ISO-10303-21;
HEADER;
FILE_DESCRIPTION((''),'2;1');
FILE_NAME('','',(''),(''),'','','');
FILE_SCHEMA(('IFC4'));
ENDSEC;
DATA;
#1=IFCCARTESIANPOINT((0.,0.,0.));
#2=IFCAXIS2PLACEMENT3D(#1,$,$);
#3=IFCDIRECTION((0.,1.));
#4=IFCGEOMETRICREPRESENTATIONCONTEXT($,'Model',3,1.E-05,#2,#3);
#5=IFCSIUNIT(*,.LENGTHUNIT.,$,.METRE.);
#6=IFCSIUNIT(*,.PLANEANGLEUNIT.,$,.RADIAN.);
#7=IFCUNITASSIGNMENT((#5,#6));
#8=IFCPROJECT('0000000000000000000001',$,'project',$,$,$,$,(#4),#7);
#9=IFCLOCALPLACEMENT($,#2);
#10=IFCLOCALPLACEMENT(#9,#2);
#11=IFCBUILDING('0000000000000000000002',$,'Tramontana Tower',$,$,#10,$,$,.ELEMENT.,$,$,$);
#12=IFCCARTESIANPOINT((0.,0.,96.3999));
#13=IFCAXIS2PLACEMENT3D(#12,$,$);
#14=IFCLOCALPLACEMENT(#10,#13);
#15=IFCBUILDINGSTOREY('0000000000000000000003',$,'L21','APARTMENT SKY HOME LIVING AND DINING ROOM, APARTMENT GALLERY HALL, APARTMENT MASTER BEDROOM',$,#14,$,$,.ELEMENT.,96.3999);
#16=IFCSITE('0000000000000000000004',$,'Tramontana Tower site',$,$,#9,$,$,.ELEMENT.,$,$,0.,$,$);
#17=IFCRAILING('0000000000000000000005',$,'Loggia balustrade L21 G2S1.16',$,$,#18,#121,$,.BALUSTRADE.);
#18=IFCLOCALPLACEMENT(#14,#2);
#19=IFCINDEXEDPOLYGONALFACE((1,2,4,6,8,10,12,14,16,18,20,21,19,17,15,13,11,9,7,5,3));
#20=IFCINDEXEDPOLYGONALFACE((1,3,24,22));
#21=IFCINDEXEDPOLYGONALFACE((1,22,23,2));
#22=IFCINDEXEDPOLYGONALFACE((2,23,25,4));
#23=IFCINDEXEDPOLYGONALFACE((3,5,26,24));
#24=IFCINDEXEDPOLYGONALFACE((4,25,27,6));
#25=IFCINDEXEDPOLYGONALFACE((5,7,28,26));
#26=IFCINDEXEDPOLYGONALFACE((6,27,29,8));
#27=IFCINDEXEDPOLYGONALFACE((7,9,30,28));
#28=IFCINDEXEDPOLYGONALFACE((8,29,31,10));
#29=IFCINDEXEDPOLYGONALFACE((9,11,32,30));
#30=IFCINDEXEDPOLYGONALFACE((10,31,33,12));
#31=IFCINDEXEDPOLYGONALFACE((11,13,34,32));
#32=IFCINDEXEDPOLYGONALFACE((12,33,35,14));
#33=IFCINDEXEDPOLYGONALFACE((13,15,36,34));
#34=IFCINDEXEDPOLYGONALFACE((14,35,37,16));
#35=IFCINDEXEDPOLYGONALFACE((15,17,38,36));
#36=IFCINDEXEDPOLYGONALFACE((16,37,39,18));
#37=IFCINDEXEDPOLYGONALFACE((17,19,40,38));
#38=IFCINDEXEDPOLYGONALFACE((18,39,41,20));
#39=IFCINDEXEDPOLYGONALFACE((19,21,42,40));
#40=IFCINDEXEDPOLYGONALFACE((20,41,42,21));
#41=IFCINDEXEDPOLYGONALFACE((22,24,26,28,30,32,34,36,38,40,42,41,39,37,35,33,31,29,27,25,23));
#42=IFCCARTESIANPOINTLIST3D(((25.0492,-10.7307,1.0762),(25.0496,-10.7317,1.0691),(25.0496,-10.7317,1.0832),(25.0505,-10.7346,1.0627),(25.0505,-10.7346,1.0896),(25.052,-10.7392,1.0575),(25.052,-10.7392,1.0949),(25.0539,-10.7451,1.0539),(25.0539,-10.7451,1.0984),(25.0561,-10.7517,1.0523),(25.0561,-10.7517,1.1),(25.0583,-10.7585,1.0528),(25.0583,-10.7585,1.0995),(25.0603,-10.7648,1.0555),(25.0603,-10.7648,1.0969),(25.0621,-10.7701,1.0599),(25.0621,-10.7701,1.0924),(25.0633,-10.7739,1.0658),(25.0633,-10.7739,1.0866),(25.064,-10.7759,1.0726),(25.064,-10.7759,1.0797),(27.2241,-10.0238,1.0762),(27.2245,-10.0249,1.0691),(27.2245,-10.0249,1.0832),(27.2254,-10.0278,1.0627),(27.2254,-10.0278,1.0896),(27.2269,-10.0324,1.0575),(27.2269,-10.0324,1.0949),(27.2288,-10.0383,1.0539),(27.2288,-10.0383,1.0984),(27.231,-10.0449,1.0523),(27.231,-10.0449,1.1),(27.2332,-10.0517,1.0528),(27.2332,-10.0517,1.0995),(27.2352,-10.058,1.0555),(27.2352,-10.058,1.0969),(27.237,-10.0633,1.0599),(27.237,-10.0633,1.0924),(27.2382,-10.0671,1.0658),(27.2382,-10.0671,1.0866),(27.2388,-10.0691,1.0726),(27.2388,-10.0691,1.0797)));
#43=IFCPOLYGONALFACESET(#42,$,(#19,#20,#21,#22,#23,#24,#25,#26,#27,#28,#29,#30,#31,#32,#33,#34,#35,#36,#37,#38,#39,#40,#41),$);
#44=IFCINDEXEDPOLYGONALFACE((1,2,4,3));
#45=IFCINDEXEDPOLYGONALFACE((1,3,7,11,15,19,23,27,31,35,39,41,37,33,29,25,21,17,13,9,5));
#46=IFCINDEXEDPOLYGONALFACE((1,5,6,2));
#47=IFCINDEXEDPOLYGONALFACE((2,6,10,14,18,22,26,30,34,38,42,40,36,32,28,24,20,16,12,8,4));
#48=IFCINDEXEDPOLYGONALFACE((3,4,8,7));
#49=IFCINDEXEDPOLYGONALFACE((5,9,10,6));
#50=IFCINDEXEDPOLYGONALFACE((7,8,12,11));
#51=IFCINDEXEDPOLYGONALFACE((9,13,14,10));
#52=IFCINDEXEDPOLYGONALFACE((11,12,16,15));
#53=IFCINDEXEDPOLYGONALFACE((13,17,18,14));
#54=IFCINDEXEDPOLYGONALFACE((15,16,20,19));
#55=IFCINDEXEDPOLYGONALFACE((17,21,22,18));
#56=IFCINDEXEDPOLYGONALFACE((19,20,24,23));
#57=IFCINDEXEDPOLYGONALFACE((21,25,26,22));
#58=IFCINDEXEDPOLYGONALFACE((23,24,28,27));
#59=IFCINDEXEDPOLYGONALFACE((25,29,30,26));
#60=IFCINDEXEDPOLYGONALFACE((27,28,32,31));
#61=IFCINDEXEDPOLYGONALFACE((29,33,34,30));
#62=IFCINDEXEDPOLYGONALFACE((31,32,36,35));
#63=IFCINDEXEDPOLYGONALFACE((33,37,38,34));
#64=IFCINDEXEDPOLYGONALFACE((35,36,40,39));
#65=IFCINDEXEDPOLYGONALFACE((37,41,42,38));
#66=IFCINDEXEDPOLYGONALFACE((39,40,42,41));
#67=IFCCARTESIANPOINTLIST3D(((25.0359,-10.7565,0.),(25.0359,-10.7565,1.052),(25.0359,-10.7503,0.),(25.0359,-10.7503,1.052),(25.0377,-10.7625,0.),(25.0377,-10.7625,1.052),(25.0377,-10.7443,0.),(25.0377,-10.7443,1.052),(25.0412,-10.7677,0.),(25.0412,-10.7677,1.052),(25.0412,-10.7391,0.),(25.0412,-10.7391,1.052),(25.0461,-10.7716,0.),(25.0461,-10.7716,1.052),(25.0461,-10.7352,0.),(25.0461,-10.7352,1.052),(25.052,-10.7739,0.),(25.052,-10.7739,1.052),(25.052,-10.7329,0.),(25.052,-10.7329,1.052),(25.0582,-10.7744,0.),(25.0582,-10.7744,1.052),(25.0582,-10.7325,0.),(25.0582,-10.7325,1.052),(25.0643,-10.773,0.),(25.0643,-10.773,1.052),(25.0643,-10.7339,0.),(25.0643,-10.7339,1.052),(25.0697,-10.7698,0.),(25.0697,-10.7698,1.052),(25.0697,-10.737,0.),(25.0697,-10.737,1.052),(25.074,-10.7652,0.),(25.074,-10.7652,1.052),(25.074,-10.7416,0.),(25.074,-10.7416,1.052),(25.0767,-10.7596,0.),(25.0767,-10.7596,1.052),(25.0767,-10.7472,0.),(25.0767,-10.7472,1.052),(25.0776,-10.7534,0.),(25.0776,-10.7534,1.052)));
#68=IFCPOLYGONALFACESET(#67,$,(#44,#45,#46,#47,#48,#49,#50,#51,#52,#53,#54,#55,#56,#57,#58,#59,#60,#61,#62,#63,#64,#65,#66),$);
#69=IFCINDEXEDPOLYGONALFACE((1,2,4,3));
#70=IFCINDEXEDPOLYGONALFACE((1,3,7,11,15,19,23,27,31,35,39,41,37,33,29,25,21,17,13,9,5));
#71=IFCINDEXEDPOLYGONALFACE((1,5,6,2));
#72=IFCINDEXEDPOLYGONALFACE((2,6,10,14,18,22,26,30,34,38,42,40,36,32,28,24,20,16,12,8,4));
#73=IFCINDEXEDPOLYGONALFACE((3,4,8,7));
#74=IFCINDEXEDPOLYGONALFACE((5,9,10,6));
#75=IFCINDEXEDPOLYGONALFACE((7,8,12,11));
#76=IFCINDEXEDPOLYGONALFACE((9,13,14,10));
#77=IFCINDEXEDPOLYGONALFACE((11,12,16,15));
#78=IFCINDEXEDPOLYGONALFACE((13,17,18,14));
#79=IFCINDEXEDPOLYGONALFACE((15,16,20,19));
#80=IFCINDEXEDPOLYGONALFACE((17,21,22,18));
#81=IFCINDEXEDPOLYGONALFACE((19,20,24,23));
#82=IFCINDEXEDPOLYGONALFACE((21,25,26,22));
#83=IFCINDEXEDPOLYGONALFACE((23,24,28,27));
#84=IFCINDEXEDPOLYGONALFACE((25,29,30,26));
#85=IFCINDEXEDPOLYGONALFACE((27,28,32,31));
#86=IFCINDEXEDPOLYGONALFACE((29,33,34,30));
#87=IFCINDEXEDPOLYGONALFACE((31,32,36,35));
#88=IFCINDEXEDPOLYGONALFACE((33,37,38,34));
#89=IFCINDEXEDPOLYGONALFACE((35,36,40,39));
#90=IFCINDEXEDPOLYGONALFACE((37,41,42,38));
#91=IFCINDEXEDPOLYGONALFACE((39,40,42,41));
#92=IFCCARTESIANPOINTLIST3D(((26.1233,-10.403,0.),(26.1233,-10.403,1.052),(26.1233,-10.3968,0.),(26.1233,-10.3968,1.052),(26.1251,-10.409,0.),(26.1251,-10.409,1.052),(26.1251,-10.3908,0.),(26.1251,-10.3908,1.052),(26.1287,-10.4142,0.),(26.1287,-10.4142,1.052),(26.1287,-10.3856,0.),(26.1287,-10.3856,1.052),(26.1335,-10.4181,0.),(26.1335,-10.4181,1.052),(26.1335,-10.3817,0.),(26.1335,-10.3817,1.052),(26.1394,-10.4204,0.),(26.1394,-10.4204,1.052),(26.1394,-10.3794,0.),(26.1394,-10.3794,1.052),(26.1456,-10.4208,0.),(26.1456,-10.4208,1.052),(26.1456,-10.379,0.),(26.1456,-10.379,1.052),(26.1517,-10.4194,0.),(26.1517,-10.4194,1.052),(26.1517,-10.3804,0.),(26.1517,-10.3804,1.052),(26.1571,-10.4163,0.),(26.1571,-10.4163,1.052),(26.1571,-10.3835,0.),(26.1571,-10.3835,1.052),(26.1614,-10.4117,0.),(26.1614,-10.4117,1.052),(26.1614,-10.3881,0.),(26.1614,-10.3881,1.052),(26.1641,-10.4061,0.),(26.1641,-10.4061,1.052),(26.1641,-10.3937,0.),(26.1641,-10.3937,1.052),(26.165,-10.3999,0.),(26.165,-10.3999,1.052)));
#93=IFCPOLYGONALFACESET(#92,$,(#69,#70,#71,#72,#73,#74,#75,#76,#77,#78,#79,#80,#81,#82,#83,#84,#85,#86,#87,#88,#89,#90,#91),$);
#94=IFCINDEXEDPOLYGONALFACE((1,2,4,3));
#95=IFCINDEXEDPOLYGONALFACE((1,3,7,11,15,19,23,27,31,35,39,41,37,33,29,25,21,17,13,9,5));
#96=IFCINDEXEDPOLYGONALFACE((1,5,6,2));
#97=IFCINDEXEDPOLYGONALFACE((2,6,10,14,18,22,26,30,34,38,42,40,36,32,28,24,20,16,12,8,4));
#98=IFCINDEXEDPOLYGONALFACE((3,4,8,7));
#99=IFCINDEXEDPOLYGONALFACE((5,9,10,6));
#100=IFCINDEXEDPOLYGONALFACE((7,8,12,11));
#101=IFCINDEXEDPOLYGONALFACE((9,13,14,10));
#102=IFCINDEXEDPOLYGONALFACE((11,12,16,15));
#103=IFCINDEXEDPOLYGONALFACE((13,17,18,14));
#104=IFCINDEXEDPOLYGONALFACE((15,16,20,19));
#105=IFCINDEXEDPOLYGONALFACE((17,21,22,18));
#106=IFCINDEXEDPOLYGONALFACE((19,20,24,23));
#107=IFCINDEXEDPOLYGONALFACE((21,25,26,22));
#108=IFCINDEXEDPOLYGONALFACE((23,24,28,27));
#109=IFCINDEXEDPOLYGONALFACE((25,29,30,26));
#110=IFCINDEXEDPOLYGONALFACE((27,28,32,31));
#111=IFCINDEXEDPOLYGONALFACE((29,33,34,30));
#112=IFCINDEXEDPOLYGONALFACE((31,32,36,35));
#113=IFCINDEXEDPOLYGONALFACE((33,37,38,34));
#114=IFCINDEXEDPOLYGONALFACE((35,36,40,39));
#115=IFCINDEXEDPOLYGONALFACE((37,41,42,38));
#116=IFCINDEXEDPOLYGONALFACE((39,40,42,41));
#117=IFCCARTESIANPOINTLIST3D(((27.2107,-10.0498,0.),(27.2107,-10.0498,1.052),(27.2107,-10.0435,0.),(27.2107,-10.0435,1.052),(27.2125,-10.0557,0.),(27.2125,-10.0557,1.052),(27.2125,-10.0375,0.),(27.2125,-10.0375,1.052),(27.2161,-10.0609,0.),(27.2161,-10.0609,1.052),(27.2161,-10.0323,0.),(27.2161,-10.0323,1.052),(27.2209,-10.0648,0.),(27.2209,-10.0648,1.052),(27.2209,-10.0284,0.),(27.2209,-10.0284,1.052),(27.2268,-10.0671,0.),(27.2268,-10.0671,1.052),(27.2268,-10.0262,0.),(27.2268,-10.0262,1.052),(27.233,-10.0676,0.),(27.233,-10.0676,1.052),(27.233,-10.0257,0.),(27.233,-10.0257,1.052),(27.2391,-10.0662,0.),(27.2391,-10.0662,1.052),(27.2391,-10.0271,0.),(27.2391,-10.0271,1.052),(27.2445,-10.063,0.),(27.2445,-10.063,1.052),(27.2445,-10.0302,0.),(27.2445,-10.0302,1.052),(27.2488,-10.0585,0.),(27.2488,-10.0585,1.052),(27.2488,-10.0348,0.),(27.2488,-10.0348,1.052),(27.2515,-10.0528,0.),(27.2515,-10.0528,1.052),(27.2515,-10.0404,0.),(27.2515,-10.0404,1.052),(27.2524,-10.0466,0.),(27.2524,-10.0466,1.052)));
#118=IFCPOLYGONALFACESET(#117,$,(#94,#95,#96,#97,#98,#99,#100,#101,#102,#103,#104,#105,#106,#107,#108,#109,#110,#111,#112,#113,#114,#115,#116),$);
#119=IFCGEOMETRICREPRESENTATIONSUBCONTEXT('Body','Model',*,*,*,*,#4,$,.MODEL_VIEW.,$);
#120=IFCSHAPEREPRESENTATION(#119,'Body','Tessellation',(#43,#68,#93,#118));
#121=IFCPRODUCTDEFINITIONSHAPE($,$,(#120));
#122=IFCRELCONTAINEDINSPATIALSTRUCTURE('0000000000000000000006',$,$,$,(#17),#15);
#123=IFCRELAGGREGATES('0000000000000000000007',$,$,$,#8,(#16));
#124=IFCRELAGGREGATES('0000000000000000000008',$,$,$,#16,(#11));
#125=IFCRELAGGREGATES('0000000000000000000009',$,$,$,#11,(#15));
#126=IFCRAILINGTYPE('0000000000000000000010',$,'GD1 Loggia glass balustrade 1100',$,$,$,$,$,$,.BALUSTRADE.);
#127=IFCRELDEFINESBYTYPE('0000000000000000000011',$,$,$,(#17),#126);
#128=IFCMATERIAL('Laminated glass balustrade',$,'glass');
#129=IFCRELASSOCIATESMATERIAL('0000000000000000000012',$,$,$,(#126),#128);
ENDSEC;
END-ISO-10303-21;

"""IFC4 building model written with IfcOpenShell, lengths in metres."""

from ifc_helpers import new_model, si_unit, direction, frame, origin, origin_2d, place, context, subcontext, project, spatial, circle, extrude, material, type_object, element, save


model = new_model("IFC4")

# Units and contexts
model_context = context("Model", 3, precision=1e-05, world=origin(), true_north=direction((0.0, 1.0)))
body_context = subcontext(model_context, "Body", "Model", "MODEL_VIEW")
ifc_project = project(units=[si_unit("LENGTHUNIT", "METRE"), si_unit("PLANEANGLEUNIT", "RADIAN")], contexts=[model_context])

# Site, building, storey
site_placement = place(None, origin())
site = spatial("IfcSite", under=ifc_project, at=site_placement, Name="Tramontana Tower site", CompositionType="ELEMENT", RefElevation=0.0)
building_placement = place(site_placement, origin())
building = spatial("IfcBuilding", under=site, at=building_placement, Name="Tramontana Tower", CompositionType="ELEMENT")
storey_placement = place(building_placement, frame((0.0, 0.0, 96.3999)))
storey = spatial("IfcBuildingStorey", under=building, at=storey_placement, Name="L21", Description="APARTMENT SKY HOME LIVING AND DINING ROOM, APARTMENT GALLERY HALL, APARTMENT MASTER BEDROOM", CompositionType="ELEMENT", Elevation=96.3999)

# Railing
ifc_material_1 = material(Name="Laminated glass balustrade", Category="glass")
railing_type = type_object("IfcRailingType", Name="GD1 Loggia glass balustrade 1100", PredefinedType="BALUSTRADE", material=ifc_material_1)
railing_1_placement = place(storey_placement, frame((25.0566, -10.7534, 0.0)))
element("IfcRailing", 1, at=railing_1_placement, inside=storey, type_object=railing_type, Name="Loggia balustrade L21 G2S1.16", PredefinedType="BALUSTRADE", context=body_context, shape_type="SweptSolid", body=[
    extrude(circle(Radius=0.0239, at=origin_2d()), frame((0.0, 0.0, 1.0762), z_axis=(0.951037, 0.309076, 0.0), x_axis=(-0.309076, 0.951037, 0.0)), (0.0, 0.0, 1.0), 2.2869),
    extrude(circle(Radius=0.021, at=origin_2d()), origin(), (0.0, 0.0, 1.0), 1.052),
    extrude(circle(Radius=0.021, at=origin_2d()), frame((1.0874, 0.3535, 0.0)), (0.0, 0.0, 1.0), 1.052),
    extrude(circle(Radius=0.021, at=origin_2d()), frame((2.1748, 0.7068, 0.0)), (0.0, 0.0, 1.0), 1.052),
])

save(model, "model.ifc")
